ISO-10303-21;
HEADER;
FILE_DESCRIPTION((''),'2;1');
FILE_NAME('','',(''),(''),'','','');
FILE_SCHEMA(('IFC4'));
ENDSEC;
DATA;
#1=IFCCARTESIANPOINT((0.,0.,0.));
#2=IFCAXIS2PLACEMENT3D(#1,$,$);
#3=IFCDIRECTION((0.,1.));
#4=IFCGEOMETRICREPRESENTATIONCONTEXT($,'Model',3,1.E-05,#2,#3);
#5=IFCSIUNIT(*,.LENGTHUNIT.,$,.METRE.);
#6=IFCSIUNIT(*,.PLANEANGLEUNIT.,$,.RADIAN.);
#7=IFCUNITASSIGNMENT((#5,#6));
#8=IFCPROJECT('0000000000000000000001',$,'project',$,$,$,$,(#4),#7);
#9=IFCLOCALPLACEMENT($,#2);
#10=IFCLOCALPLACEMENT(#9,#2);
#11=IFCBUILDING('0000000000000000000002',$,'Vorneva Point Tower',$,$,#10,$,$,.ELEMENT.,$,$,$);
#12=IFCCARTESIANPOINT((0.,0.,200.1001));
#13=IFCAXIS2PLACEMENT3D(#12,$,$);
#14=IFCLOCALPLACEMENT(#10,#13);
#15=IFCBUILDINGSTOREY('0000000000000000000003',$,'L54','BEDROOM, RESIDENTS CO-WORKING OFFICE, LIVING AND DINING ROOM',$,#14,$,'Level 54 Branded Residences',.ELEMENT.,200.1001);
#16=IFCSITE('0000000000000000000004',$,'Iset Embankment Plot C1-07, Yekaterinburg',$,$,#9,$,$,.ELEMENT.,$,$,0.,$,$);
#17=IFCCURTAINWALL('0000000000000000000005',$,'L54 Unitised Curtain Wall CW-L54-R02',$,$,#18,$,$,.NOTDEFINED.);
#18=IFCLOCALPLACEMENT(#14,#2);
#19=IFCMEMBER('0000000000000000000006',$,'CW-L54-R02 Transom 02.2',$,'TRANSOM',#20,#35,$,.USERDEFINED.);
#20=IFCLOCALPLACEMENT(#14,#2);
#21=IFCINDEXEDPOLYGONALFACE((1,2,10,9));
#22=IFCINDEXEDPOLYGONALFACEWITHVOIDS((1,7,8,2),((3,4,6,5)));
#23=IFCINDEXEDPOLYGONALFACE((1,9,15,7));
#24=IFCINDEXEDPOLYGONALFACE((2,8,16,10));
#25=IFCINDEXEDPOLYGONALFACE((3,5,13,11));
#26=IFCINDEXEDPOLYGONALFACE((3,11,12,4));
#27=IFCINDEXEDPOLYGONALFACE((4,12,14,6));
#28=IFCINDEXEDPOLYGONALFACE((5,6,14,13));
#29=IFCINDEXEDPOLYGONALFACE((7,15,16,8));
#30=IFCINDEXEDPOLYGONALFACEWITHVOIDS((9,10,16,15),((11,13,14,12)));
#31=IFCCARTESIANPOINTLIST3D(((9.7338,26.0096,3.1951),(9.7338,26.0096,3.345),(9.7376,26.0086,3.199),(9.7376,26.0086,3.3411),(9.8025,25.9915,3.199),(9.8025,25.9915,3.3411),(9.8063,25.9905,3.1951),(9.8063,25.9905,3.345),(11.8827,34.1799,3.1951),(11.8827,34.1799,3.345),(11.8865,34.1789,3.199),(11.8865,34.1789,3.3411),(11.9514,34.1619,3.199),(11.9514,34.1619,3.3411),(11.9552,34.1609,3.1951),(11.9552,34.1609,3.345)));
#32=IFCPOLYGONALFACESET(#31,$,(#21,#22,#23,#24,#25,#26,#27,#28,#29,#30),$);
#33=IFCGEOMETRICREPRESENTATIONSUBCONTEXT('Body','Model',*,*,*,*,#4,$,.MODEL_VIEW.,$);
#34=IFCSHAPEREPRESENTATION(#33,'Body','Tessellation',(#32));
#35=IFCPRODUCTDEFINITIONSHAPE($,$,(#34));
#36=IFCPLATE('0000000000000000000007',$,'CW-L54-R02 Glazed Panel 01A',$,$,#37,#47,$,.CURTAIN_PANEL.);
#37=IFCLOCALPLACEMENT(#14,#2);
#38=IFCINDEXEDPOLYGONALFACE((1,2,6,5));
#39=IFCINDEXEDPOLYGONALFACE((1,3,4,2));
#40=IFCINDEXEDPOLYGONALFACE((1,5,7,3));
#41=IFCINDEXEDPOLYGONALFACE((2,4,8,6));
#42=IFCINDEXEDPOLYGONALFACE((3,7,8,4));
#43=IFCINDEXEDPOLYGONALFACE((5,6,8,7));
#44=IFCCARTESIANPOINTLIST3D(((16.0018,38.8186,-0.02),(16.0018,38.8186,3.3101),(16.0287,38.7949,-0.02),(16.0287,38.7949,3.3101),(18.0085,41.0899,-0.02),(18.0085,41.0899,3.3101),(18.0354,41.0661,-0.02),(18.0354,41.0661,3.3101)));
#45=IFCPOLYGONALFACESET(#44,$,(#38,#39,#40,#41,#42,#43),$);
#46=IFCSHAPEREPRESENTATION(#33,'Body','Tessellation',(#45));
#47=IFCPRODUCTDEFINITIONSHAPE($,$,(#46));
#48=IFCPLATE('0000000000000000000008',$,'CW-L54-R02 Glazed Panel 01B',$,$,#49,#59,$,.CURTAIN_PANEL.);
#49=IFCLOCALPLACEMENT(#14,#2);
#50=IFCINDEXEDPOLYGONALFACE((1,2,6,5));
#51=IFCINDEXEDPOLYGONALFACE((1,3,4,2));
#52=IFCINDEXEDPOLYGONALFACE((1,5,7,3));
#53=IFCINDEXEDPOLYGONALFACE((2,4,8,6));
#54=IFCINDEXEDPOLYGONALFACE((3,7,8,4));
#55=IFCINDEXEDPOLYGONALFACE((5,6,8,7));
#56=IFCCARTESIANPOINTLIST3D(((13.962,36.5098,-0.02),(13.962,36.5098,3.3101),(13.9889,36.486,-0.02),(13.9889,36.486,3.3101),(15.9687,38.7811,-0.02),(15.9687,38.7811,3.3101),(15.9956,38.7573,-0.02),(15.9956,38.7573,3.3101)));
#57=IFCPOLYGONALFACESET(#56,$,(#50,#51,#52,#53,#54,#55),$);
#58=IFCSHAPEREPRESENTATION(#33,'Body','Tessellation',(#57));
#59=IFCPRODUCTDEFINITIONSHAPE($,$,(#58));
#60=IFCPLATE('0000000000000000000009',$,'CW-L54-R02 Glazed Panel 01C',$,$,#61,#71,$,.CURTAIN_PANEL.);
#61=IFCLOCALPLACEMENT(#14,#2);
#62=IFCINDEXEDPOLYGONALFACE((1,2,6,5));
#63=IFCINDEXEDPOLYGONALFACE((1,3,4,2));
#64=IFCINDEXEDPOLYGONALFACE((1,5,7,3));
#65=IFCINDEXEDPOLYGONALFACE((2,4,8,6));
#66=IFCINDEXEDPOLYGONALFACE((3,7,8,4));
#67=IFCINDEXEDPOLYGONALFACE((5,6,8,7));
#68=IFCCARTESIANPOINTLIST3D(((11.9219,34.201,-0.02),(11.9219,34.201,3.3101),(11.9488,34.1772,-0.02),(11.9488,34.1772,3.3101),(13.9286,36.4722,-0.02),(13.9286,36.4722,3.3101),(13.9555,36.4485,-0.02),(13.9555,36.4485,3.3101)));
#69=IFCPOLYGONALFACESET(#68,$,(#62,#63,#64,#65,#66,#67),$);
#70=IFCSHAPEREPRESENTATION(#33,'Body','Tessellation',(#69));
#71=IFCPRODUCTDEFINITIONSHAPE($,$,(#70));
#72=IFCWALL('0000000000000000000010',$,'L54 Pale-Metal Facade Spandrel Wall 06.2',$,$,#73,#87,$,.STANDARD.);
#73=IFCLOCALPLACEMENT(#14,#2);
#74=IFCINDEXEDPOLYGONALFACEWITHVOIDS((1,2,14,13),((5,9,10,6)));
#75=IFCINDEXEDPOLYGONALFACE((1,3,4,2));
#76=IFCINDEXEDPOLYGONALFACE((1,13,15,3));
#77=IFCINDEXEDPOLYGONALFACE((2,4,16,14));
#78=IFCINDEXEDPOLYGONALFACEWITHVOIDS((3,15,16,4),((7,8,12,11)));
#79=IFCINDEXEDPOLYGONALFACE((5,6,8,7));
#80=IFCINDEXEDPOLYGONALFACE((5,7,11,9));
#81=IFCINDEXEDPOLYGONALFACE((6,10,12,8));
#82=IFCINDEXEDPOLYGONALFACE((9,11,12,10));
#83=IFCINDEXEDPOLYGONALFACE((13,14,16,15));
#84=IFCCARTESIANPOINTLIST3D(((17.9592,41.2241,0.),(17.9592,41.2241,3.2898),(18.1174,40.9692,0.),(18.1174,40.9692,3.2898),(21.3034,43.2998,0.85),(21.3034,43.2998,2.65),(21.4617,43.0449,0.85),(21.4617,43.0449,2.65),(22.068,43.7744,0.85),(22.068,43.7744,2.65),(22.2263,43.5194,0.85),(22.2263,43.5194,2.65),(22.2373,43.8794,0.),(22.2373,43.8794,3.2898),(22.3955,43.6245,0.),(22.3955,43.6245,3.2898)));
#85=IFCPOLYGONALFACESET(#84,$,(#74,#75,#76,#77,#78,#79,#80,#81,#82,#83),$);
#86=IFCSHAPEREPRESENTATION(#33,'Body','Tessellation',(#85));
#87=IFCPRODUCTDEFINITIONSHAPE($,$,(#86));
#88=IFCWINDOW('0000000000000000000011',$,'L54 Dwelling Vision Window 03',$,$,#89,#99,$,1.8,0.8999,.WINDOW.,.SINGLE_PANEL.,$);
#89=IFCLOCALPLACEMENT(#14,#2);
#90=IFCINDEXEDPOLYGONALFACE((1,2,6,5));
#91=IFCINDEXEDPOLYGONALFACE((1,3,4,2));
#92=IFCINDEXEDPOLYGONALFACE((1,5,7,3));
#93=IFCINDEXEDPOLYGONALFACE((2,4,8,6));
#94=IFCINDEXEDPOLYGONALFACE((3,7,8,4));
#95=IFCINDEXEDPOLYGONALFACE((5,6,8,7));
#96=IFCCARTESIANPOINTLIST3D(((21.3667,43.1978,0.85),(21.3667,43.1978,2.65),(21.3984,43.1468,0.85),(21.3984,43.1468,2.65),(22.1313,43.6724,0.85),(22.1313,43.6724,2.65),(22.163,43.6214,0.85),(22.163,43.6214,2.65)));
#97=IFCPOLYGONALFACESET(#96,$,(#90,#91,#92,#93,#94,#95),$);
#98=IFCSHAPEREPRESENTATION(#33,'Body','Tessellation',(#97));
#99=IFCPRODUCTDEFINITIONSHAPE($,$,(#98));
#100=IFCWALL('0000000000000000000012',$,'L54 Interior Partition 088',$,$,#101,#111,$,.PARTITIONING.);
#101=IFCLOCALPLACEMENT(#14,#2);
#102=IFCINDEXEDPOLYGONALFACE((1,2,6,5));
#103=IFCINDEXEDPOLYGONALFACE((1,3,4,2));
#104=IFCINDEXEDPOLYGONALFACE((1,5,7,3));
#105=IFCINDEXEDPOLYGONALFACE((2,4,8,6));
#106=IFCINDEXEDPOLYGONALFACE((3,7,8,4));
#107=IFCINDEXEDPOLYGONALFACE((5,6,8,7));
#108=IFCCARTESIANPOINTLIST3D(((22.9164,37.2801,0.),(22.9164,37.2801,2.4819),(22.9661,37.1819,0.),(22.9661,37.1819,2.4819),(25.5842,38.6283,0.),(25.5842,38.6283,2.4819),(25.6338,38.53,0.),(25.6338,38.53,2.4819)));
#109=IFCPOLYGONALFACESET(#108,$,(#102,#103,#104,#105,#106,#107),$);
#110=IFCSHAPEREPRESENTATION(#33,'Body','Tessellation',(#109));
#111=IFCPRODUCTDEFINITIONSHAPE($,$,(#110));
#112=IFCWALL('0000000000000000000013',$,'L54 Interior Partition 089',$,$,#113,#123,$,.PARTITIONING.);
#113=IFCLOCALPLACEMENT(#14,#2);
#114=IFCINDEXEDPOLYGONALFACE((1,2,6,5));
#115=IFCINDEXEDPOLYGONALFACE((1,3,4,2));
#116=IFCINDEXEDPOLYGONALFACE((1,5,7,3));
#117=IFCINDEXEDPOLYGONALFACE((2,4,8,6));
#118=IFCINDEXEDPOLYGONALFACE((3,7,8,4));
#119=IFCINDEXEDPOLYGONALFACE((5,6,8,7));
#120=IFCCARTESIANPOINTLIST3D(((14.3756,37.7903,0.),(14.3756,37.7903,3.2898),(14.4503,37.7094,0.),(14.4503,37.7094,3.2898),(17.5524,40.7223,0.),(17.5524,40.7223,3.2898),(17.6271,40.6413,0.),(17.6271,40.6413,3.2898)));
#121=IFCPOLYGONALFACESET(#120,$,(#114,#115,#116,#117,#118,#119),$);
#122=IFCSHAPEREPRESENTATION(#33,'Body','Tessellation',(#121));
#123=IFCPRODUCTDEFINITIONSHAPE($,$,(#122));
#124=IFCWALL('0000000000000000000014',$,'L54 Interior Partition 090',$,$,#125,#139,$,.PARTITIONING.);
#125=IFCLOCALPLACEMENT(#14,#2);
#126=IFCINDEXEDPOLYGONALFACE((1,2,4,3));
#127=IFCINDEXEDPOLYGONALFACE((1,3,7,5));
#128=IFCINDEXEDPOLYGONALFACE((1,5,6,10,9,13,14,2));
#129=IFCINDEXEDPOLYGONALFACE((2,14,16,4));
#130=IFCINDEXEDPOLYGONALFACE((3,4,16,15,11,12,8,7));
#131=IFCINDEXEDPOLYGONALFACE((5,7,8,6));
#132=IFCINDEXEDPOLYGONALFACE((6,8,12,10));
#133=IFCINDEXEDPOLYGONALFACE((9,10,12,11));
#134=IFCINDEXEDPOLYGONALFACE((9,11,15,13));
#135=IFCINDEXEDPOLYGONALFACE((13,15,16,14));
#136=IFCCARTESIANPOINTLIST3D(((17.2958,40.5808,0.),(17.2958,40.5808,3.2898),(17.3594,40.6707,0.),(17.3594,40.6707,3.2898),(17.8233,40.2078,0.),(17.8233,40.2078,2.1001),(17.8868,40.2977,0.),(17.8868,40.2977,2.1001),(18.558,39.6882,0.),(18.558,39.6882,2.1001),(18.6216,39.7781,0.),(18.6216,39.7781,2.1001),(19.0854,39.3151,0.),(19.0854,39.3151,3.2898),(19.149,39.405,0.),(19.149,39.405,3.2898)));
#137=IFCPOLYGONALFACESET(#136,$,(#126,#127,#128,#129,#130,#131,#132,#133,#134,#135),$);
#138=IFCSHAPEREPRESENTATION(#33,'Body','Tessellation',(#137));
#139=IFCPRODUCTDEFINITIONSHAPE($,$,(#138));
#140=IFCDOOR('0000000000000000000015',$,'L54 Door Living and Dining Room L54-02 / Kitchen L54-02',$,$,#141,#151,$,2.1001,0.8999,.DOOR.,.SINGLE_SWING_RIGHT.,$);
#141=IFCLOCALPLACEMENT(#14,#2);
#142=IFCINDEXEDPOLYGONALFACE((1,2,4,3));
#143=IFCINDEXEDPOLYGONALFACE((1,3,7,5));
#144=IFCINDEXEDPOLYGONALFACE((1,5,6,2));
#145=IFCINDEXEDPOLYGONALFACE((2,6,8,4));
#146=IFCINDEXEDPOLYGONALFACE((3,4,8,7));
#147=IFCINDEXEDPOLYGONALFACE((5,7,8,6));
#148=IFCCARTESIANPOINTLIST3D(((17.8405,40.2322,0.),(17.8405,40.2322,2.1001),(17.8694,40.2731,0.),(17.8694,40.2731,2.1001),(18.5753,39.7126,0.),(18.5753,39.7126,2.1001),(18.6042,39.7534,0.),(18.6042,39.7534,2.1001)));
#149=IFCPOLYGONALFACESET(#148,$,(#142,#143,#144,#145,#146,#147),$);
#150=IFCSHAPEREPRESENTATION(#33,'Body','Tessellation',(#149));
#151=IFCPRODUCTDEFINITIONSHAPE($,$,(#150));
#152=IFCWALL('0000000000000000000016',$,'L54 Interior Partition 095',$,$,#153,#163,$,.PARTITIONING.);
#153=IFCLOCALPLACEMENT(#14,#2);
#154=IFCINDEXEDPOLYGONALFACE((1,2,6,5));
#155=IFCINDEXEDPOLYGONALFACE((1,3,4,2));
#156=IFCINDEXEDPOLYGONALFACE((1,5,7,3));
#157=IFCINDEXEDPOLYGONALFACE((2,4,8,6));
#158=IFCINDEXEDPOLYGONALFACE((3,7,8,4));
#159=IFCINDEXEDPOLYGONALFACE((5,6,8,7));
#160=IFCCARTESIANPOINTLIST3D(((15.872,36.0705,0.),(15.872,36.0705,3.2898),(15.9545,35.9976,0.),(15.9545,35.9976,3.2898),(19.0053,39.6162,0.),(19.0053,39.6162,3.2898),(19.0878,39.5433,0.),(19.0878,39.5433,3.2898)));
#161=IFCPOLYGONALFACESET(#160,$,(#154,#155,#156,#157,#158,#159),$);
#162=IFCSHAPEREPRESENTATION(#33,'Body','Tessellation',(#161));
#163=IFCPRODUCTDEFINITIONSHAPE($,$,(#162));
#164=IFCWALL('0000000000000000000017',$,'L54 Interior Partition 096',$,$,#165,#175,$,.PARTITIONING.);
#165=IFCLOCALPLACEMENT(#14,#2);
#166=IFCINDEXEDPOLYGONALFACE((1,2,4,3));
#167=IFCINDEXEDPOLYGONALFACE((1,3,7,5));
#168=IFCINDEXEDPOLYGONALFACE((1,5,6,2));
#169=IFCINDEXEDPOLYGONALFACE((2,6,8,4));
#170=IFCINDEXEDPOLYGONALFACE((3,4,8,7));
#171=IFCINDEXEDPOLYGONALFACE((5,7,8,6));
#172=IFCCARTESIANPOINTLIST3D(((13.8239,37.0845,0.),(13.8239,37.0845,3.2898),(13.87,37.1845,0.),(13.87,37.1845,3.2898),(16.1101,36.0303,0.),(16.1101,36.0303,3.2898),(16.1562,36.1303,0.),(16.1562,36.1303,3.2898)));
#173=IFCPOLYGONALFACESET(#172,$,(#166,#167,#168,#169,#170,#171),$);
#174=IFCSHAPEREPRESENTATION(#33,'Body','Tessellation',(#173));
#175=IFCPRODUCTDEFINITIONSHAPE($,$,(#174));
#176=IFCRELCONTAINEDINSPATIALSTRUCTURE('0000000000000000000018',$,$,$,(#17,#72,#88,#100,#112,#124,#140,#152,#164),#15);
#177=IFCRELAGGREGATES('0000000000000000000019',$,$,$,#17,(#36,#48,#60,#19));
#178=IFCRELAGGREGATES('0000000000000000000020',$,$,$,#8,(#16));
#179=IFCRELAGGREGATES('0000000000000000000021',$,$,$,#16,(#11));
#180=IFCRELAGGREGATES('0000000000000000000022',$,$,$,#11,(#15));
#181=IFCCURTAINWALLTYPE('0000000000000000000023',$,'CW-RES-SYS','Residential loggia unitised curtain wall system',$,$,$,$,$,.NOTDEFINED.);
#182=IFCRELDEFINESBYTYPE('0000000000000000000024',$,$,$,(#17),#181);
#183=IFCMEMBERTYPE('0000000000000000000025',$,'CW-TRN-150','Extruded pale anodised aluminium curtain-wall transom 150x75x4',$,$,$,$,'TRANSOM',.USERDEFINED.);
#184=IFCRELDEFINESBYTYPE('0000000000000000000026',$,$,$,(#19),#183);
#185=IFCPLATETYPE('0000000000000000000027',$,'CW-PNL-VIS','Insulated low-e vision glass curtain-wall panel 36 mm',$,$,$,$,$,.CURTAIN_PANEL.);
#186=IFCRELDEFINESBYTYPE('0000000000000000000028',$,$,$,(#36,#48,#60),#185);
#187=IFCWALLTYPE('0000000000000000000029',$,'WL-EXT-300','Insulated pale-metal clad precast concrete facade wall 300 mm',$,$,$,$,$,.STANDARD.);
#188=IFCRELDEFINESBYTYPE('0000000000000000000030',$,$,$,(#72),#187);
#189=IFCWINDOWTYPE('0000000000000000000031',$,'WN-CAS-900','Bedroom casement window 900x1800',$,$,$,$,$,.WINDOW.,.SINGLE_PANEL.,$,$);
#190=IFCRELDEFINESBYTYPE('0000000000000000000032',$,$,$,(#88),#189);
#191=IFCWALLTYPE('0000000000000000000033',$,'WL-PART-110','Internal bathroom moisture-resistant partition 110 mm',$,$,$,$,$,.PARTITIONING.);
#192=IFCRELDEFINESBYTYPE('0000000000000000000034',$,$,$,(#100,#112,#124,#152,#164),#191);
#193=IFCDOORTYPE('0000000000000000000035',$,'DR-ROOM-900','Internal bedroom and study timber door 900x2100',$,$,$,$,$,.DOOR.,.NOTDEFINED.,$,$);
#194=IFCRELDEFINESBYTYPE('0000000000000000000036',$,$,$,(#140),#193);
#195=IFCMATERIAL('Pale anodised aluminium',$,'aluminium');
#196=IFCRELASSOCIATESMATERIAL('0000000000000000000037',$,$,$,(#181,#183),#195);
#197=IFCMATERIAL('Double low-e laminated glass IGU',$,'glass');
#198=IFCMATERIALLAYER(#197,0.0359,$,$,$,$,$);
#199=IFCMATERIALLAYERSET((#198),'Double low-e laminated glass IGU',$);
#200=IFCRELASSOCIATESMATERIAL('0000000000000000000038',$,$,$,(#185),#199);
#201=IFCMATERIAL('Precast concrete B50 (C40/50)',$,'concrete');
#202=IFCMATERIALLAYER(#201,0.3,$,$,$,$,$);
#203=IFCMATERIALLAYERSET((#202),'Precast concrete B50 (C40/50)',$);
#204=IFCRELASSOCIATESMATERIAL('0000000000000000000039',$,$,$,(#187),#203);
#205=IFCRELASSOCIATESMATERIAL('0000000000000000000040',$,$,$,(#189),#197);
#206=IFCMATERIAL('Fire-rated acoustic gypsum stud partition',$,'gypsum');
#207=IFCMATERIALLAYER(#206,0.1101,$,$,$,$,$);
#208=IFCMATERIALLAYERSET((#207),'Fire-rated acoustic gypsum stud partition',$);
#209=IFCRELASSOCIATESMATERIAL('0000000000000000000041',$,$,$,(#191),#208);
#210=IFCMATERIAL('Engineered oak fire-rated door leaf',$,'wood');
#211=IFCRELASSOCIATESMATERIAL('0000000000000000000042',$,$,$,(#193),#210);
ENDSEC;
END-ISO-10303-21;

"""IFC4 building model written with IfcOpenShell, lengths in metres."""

from ifc_helpers import new_model, si_unit, direction, frame, frame_2d, origin, origin_2d, place, context, subcontext, project, spatial, rectangle, hollow_rectangle, extrude, material, layer, layer_set, material_profile, profile_set, type_object, element, fill, aggregate, save


model = new_model("IFC4")

# Units and contexts
model_context = context("Model", 3, precision=1e-05, world=origin(), true_north=direction((0.0, 1.0)))
body_context = subcontext(model_context, "Body", "Model", "MODEL_VIEW")
ifc_project = project(units=[si_unit("LENGTHUNIT", "METRE"), si_unit("PLANEANGLEUNIT", "RADIAN")], contexts=[model_context])

# Site, building, storey
site_placement = place(None, origin())
site = spatial("IfcSite", under=ifc_project, at=site_placement, Name="Iset Embankment Plot C1-07, Yekaterinburg", CompositionType="ELEMENT", RefElevation=0.0)
building_placement = place(site_placement, origin())
building = spatial("IfcBuilding", under=site, at=building_placement, Name="Vorneva Point Tower", CompositionType="ELEMENT")
storey_placement = place(building_placement, frame((0.0, 0.0, 200.1001)))
storey = spatial("IfcBuildingStorey", under=building, at=storey_placement, Name="L54", Description="BEDROOM, RESIDENTS CO-WORKING OFFICE, LIVING AND DINING ROOM", LongName="Level 54 Branded Residences", CompositionType="ELEMENT", Elevation=200.1001)

# Curtain wall, member, plates
ifc_material_1 = material(Name="Pale anodised aluminium", Category="aluminium")
curtain_wall_type = type_object("IfcCurtainWallType", Name="CW-RES-SYS", Description="Residential loggia unitised curtain wall system", PredefinedType="NOTDEFINED", material=ifc_material_1)
curtain_wall_placement = place(storey_placement, origin())
curtain_wall = element("IfcCurtainWall", 1, at=curtain_wall_placement, inside=storey, type_object=curtain_wall_type, Name="L54 Unitised Curtain Wall CW-L54-R02", PredefinedType="NOTDEFINED")
ifc_material_profile_1 = material_profile(ifc_material_1, hollow_rectangle(XDim=0.075, YDim=0.1499, WallThickness=0.0039, at=origin_2d()), Name="AL-TRN 150x75x4")
ifc_profile_set_1 = profile_set([ifc_material_profile_1], Name="Pale anodised aluminium")
member_type_1 = type_object("IfcMemberType", Name="CW-TRN-150", Description="Extruded pale anodised aluminium curtain-wall transom 150x75x4", ElementType="TRANSOM", PredefinedType="USERDEFINED", material=ifc_profile_set_1)
member_1_placement = place(storey_placement, frame((11.9189, 34.1704, 3.27), z_axis=(-0.254362, -0.967109, 0.0), x_axis=(0.967109, -0.254362, 0.0)))
member_1 = element("IfcMember", 2, at=member_1_placement, type_object=member_type_1, Name="CW-L54-R02 Transom 02.2", ObjectType="TRANSOM", PredefinedType="USERDEFINED", context=body_context, shape_type="SweptSolid", body=[
    extrude(hollow_rectangle(XDim=0.075, YDim=0.1499, WallThickness=0.0039, at=origin_2d()), origin(), (0.0, 0.0, 1.0), 8.4482),
])
ifc_material_2 = material(Name="Double low-e laminated glass IGU", Category="glass")
ifc_layer_1 = layer(ifc_material_2, 0.0359)
ifc_layer_set_1 = layer_set([ifc_layer_1], Name="Double low-e laminated glass IGU")
plate_type = type_object("IfcPlateType", Name="CW-PNL-VIS", Description="Insulated low-e vision glass curtain-wall panel 36 mm", PredefinedType="CURTAIN_PANEL", material=ifc_layer_set_1)
plate_1_placement = place(storey_placement, frame((17.0186, 39.9424, -0.02), z_axis=(0.0, 0.0, 1.0), x_axis=(-0.66211, -0.749407, 0.0)))
plate_1 = element("IfcPlate", 3, at=plate_1_placement, type_object=plate_type, Name="CW-L54-R02 Glazed Panel 01A", PredefinedType="CURTAIN_PANEL", context=body_context, shape_type="SweptSolid", body=[
    extrude(rectangle(XDim=3.0308, YDim=0.0359, at=origin_2d()), origin(), (0.0, 0.0, 1.0), 3.3301),
])
plate_2_placement = place(storey_placement, frame((14.9788, 37.6335, -0.02), z_axis=(0.0, 0.0, 1.0), x_axis=(-0.66211, -0.749407, 0.0)))
plate_2 = element("IfcPlate", 4, at=plate_2_placement, type_object=plate_type, Name="CW-L54-R02 Glazed Panel 01B", PredefinedType="CURTAIN_PANEL", context=body_context, shape_type="SweptSolid", body=[
    extrude(rectangle(XDim=3.0308, YDim=0.0359, at=origin_2d()), origin(), (0.0, 0.0, 1.0), 3.3301),
])
plate_3_placement = place(storey_placement, frame((12.9387, 35.3247, -0.02), z_axis=(0.0, 0.0, 1.0), x_axis=(-0.66211, -0.749407, 0.0)))
plate_3 = element("IfcPlate", 5, at=plate_3_placement, type_object=plate_type, Name="CW-L54-R02 Glazed Panel 01C", PredefinedType="CURTAIN_PANEL", context=body_context, shape_type="SweptSolid", body=[
    extrude(rectangle(XDim=3.0308, YDim=0.0359, at=origin_2d()), origin(), (0.0, 0.0, 1.0), 3.3301),
])
aggregate(curtain_wall, [plate_1, plate_2, plate_3, member_1])

# Wall, opening, window
ifc_material_3 = material(Name="Precast concrete B50 (C40/50)", Category="concrete")
ifc_layer_2 = layer(ifc_material_3, 0.3)
ifc_layer_set_2 = layer_set([ifc_layer_2], Name="Precast concrete B50 (C40/50)")
wall_type_1 = type_object("IfcWallType", Name="WL-EXT-300", Description="Insulated pale-metal clad precast concrete facade wall 300 mm", PredefinedType="STANDARD", material=ifc_layer_set_2)
wall_1_placement = place(storey_placement, frame((22.3164, 43.752, 0.0), z_axis=(0.0, 0.0, 1.0), x_axis=(-0.849648, -0.527351, 0.0)))
wall_1 = element("IfcWall", 6, at=wall_1_placement, inside=storey, type_object=wall_type_1, Name="L54 Pale-Metal Facade Spandrel Wall 06.2", PredefinedType="STANDARD", context=body_context, shape_type="SweptSolid", body=[
    extrude(rectangle(XDim=5.0352, YDim=0.3, at=frame_2d((2.5176, 0.0))), origin(), (0.0, 0.0, 1.0), 3.2898),
])
opening_1_placement = place(wall_1_placement, frame((0.1992, 0.0, 0.8501)))
opening_1 = element("IfcOpeningElement", 7, at=opening_1_placement, cuts=wall_1, PredefinedType="OPENING", context=body_context, shape_type="SweptSolid", body=[
    extrude(rectangle(XDim=0.8999, YDim=1.8, at=frame_2d((0.45, 0.8999))), frame((0.0, 0.165, 0.0), z_axis=(0.0, -1.0, 0.0), x_axis=(1.0, 0.0, 0.0)), (0.0, 0.0, 1.0), 0.3298),
])
window_type = type_object("IfcWindowType", Name="WN-CAS-900", Description="Bedroom casement window 900x1800", PartitioningType="SINGLE_PANEL", PredefinedType="WINDOW", material=ifc_material_2)
window_placement = place(opening_1_placement, origin())
window = element("IfcWindow", 8, at=window_placement, inside=storey, type_object=window_type, Name="L54 Dwelling Vision Window 03", OverallHeight=1.8, OverallWidth=0.8999, PartitioningType="SINGLE_PANEL", PredefinedType="WINDOW", context=body_context, shape_type="SweptSolid", body=[
    extrude(rectangle(XDim=0.8999, YDim=1.8, at=frame_2d((0.45, 0.8999))), frame((0.0, 0.03, 0.0), z_axis=(0.0, -1.0, 0.0), x_axis=(1.0, 0.0, 0.0)), (0.0, 0.0, 1.0), 0.0601),
])
fill(opening_1, window)

# Walls
ifc_material_4 = material(Name="Fire-rated acoustic gypsum stud partition", Category="gypsum")
ifc_layer_3 = layer(ifc_material_4, 0.1101)
ifc_layer_set_3 = layer_set([ifc_layer_3], Name="Fire-rated acoustic gypsum stud partition")
wall_type_2 = type_object("IfcWallType", Name="WL-PART-110", Description="Internal bathroom moisture-resistant partition 110 mm", PredefinedType="PARTITIONING", material=ifc_layer_set_3)
wall_2_placement = place(storey_placement, frame((22.9412, 37.231, 0.0), z_axis=(0.0, 0.0, 1.0), x_axis=(0.892508, 0.451032, 0.0)))
element("IfcWall", 9, at=wall_2_placement, inside=storey, type_object=wall_type_2, Name="L54 Interior Partition 088", PredefinedType="PARTITIONING", context=body_context, shape_type="SweptSolid", body=[
    extrude(rectangle(XDim=2.989, YDim=0.1101, at=frame_2d((1.4946, 0.0))), origin(), (0.0, 0.0, 1.0), 2.4819),
])
wall_3_placement = place(storey_placement, frame((17.5898, 40.6819, 0.0), z_axis=(0.0, 0.0, 1.0), x_axis=(-0.734862, -0.678217, 0.0)))
element("IfcWall", 10, at=wall_3_placement, inside=storey, type_object=wall_type_2, Name="L54 Interior Partition 089", PredefinedType="PARTITIONING", context=body_context, shape_type="SweptSolid", body=[
    extrude(rectangle(XDim=4.323, YDim=0.1101, at=frame_2d((2.1616, 0.0))), origin(), (0.0, 0.0, 1.0), 3.2898),
])

# Wall, opening, door
wall_4_placement = place(storey_placement, frame((17.3276, 40.6257, 0.0), z_axis=(0.0, 0.0, 1.0), x_axis=(0.816449, -0.577418, 0.0)))
wall_4 = element("IfcWall", 11, at=wall_4_placement, inside=storey, type_object=wall_type_2, Name="L54 Interior Partition 090", PredefinedType="PARTITIONING", context=body_context, shape_type="SweptSolid", body=[
    extrude(rectangle(XDim=2.1919, YDim=0.1101, at=frame_2d((1.0959, 0.0))), origin(), (0.0, 0.0, 1.0), 3.2898),
])
opening_2_placement = place(wall_4_placement, frame((0.646, 0.0, 0.0)))
opening_2 = element("IfcOpeningElement", 12, at=opening_2_placement, cuts=wall_4, PredefinedType="OPENING", context=body_context, shape_type="SweptSolid", body=[
    extrude(rectangle(XDim=0.8999, YDim=2.1001, at=frame_2d((0.45, 1.05))), frame((0.0, 0.0698, 0.0), z_axis=(0.0, -1.0, 0.0), x_axis=(1.0, 0.0, 0.0)), (0.0, 0.0, 1.0), 0.1399),
])
ifc_material_5 = material(Name="Engineered oak fire-rated door leaf", Category="wood")
door_type_1 = type_object("IfcDoorType", Name="DR-ROOM-900", Description="Internal bedroom and study timber door 900x2100", OperationType="NOTDEFINED", PredefinedType="DOOR", material=ifc_material_5)
door_1_placement = place(opening_2_placement, origin())
door_1 = element("IfcDoor", 13, at=door_1_placement, inside=storey, type_object=door_type_1, Name="L54 Door Living and Dining Room L54-02 / Kitchen L54-02", OperationType="SINGLE_SWING_RIGHT", OverallHeight=2.1001, OverallWidth=0.8999, PredefinedType="DOOR", context=body_context, shape_type="SweptSolid", body=[
    extrude(rectangle(XDim=0.8999, YDim=2.1001, at=frame_2d((0.45, 1.05))), frame((0.0, 0.0249, 0.0), z_axis=(0.0, -1.0, 0.0), x_axis=(1.0, 0.0, 0.0)), (0.0, 0.0, 1.0), 0.05),
])
fill(opening_2, door_1)

# Walls
wall_5_placement = place(storey_placement, frame((15.9133, 36.0342, 0.0), z_axis=(0.0, 0.0, 1.0), x_axis=(0.66219, 0.749336, 0.0)))
element("IfcWall", 14, at=wall_5_placement, inside=storey, type_object=wall_type_2, Name="L54 Interior Partition 095", PredefinedType="PARTITIONING", context=body_context, shape_type="SweptSolid", body=[
    extrude(rectangle(XDim=4.7317, YDim=0.1101, at=frame_2d((2.3657, 0.0))), origin(), (0.0, 0.0, 1.0), 3.2898),
])
wall_6_placement = place(storey_placement, frame((13.8469, 37.1345, 0.0), z_axis=(0.0, 0.0, 1.0), x_axis=(0.908101, -0.418751, 0.0)))
element("IfcWall", 15, at=wall_6_placement, inside=storey, type_object=wall_type_2, Name="L54 Interior Partition 096", PredefinedType="PARTITIONING", context=body_context, shape_type="SweptSolid", body=[
    extrude(rectangle(XDim=2.5176, YDim=0.1101, at=frame_2d((1.2588, 0.0))), origin(), (0.0, 0.0, 1.0), 3.2898),
])

save(model, "model.ifc")
